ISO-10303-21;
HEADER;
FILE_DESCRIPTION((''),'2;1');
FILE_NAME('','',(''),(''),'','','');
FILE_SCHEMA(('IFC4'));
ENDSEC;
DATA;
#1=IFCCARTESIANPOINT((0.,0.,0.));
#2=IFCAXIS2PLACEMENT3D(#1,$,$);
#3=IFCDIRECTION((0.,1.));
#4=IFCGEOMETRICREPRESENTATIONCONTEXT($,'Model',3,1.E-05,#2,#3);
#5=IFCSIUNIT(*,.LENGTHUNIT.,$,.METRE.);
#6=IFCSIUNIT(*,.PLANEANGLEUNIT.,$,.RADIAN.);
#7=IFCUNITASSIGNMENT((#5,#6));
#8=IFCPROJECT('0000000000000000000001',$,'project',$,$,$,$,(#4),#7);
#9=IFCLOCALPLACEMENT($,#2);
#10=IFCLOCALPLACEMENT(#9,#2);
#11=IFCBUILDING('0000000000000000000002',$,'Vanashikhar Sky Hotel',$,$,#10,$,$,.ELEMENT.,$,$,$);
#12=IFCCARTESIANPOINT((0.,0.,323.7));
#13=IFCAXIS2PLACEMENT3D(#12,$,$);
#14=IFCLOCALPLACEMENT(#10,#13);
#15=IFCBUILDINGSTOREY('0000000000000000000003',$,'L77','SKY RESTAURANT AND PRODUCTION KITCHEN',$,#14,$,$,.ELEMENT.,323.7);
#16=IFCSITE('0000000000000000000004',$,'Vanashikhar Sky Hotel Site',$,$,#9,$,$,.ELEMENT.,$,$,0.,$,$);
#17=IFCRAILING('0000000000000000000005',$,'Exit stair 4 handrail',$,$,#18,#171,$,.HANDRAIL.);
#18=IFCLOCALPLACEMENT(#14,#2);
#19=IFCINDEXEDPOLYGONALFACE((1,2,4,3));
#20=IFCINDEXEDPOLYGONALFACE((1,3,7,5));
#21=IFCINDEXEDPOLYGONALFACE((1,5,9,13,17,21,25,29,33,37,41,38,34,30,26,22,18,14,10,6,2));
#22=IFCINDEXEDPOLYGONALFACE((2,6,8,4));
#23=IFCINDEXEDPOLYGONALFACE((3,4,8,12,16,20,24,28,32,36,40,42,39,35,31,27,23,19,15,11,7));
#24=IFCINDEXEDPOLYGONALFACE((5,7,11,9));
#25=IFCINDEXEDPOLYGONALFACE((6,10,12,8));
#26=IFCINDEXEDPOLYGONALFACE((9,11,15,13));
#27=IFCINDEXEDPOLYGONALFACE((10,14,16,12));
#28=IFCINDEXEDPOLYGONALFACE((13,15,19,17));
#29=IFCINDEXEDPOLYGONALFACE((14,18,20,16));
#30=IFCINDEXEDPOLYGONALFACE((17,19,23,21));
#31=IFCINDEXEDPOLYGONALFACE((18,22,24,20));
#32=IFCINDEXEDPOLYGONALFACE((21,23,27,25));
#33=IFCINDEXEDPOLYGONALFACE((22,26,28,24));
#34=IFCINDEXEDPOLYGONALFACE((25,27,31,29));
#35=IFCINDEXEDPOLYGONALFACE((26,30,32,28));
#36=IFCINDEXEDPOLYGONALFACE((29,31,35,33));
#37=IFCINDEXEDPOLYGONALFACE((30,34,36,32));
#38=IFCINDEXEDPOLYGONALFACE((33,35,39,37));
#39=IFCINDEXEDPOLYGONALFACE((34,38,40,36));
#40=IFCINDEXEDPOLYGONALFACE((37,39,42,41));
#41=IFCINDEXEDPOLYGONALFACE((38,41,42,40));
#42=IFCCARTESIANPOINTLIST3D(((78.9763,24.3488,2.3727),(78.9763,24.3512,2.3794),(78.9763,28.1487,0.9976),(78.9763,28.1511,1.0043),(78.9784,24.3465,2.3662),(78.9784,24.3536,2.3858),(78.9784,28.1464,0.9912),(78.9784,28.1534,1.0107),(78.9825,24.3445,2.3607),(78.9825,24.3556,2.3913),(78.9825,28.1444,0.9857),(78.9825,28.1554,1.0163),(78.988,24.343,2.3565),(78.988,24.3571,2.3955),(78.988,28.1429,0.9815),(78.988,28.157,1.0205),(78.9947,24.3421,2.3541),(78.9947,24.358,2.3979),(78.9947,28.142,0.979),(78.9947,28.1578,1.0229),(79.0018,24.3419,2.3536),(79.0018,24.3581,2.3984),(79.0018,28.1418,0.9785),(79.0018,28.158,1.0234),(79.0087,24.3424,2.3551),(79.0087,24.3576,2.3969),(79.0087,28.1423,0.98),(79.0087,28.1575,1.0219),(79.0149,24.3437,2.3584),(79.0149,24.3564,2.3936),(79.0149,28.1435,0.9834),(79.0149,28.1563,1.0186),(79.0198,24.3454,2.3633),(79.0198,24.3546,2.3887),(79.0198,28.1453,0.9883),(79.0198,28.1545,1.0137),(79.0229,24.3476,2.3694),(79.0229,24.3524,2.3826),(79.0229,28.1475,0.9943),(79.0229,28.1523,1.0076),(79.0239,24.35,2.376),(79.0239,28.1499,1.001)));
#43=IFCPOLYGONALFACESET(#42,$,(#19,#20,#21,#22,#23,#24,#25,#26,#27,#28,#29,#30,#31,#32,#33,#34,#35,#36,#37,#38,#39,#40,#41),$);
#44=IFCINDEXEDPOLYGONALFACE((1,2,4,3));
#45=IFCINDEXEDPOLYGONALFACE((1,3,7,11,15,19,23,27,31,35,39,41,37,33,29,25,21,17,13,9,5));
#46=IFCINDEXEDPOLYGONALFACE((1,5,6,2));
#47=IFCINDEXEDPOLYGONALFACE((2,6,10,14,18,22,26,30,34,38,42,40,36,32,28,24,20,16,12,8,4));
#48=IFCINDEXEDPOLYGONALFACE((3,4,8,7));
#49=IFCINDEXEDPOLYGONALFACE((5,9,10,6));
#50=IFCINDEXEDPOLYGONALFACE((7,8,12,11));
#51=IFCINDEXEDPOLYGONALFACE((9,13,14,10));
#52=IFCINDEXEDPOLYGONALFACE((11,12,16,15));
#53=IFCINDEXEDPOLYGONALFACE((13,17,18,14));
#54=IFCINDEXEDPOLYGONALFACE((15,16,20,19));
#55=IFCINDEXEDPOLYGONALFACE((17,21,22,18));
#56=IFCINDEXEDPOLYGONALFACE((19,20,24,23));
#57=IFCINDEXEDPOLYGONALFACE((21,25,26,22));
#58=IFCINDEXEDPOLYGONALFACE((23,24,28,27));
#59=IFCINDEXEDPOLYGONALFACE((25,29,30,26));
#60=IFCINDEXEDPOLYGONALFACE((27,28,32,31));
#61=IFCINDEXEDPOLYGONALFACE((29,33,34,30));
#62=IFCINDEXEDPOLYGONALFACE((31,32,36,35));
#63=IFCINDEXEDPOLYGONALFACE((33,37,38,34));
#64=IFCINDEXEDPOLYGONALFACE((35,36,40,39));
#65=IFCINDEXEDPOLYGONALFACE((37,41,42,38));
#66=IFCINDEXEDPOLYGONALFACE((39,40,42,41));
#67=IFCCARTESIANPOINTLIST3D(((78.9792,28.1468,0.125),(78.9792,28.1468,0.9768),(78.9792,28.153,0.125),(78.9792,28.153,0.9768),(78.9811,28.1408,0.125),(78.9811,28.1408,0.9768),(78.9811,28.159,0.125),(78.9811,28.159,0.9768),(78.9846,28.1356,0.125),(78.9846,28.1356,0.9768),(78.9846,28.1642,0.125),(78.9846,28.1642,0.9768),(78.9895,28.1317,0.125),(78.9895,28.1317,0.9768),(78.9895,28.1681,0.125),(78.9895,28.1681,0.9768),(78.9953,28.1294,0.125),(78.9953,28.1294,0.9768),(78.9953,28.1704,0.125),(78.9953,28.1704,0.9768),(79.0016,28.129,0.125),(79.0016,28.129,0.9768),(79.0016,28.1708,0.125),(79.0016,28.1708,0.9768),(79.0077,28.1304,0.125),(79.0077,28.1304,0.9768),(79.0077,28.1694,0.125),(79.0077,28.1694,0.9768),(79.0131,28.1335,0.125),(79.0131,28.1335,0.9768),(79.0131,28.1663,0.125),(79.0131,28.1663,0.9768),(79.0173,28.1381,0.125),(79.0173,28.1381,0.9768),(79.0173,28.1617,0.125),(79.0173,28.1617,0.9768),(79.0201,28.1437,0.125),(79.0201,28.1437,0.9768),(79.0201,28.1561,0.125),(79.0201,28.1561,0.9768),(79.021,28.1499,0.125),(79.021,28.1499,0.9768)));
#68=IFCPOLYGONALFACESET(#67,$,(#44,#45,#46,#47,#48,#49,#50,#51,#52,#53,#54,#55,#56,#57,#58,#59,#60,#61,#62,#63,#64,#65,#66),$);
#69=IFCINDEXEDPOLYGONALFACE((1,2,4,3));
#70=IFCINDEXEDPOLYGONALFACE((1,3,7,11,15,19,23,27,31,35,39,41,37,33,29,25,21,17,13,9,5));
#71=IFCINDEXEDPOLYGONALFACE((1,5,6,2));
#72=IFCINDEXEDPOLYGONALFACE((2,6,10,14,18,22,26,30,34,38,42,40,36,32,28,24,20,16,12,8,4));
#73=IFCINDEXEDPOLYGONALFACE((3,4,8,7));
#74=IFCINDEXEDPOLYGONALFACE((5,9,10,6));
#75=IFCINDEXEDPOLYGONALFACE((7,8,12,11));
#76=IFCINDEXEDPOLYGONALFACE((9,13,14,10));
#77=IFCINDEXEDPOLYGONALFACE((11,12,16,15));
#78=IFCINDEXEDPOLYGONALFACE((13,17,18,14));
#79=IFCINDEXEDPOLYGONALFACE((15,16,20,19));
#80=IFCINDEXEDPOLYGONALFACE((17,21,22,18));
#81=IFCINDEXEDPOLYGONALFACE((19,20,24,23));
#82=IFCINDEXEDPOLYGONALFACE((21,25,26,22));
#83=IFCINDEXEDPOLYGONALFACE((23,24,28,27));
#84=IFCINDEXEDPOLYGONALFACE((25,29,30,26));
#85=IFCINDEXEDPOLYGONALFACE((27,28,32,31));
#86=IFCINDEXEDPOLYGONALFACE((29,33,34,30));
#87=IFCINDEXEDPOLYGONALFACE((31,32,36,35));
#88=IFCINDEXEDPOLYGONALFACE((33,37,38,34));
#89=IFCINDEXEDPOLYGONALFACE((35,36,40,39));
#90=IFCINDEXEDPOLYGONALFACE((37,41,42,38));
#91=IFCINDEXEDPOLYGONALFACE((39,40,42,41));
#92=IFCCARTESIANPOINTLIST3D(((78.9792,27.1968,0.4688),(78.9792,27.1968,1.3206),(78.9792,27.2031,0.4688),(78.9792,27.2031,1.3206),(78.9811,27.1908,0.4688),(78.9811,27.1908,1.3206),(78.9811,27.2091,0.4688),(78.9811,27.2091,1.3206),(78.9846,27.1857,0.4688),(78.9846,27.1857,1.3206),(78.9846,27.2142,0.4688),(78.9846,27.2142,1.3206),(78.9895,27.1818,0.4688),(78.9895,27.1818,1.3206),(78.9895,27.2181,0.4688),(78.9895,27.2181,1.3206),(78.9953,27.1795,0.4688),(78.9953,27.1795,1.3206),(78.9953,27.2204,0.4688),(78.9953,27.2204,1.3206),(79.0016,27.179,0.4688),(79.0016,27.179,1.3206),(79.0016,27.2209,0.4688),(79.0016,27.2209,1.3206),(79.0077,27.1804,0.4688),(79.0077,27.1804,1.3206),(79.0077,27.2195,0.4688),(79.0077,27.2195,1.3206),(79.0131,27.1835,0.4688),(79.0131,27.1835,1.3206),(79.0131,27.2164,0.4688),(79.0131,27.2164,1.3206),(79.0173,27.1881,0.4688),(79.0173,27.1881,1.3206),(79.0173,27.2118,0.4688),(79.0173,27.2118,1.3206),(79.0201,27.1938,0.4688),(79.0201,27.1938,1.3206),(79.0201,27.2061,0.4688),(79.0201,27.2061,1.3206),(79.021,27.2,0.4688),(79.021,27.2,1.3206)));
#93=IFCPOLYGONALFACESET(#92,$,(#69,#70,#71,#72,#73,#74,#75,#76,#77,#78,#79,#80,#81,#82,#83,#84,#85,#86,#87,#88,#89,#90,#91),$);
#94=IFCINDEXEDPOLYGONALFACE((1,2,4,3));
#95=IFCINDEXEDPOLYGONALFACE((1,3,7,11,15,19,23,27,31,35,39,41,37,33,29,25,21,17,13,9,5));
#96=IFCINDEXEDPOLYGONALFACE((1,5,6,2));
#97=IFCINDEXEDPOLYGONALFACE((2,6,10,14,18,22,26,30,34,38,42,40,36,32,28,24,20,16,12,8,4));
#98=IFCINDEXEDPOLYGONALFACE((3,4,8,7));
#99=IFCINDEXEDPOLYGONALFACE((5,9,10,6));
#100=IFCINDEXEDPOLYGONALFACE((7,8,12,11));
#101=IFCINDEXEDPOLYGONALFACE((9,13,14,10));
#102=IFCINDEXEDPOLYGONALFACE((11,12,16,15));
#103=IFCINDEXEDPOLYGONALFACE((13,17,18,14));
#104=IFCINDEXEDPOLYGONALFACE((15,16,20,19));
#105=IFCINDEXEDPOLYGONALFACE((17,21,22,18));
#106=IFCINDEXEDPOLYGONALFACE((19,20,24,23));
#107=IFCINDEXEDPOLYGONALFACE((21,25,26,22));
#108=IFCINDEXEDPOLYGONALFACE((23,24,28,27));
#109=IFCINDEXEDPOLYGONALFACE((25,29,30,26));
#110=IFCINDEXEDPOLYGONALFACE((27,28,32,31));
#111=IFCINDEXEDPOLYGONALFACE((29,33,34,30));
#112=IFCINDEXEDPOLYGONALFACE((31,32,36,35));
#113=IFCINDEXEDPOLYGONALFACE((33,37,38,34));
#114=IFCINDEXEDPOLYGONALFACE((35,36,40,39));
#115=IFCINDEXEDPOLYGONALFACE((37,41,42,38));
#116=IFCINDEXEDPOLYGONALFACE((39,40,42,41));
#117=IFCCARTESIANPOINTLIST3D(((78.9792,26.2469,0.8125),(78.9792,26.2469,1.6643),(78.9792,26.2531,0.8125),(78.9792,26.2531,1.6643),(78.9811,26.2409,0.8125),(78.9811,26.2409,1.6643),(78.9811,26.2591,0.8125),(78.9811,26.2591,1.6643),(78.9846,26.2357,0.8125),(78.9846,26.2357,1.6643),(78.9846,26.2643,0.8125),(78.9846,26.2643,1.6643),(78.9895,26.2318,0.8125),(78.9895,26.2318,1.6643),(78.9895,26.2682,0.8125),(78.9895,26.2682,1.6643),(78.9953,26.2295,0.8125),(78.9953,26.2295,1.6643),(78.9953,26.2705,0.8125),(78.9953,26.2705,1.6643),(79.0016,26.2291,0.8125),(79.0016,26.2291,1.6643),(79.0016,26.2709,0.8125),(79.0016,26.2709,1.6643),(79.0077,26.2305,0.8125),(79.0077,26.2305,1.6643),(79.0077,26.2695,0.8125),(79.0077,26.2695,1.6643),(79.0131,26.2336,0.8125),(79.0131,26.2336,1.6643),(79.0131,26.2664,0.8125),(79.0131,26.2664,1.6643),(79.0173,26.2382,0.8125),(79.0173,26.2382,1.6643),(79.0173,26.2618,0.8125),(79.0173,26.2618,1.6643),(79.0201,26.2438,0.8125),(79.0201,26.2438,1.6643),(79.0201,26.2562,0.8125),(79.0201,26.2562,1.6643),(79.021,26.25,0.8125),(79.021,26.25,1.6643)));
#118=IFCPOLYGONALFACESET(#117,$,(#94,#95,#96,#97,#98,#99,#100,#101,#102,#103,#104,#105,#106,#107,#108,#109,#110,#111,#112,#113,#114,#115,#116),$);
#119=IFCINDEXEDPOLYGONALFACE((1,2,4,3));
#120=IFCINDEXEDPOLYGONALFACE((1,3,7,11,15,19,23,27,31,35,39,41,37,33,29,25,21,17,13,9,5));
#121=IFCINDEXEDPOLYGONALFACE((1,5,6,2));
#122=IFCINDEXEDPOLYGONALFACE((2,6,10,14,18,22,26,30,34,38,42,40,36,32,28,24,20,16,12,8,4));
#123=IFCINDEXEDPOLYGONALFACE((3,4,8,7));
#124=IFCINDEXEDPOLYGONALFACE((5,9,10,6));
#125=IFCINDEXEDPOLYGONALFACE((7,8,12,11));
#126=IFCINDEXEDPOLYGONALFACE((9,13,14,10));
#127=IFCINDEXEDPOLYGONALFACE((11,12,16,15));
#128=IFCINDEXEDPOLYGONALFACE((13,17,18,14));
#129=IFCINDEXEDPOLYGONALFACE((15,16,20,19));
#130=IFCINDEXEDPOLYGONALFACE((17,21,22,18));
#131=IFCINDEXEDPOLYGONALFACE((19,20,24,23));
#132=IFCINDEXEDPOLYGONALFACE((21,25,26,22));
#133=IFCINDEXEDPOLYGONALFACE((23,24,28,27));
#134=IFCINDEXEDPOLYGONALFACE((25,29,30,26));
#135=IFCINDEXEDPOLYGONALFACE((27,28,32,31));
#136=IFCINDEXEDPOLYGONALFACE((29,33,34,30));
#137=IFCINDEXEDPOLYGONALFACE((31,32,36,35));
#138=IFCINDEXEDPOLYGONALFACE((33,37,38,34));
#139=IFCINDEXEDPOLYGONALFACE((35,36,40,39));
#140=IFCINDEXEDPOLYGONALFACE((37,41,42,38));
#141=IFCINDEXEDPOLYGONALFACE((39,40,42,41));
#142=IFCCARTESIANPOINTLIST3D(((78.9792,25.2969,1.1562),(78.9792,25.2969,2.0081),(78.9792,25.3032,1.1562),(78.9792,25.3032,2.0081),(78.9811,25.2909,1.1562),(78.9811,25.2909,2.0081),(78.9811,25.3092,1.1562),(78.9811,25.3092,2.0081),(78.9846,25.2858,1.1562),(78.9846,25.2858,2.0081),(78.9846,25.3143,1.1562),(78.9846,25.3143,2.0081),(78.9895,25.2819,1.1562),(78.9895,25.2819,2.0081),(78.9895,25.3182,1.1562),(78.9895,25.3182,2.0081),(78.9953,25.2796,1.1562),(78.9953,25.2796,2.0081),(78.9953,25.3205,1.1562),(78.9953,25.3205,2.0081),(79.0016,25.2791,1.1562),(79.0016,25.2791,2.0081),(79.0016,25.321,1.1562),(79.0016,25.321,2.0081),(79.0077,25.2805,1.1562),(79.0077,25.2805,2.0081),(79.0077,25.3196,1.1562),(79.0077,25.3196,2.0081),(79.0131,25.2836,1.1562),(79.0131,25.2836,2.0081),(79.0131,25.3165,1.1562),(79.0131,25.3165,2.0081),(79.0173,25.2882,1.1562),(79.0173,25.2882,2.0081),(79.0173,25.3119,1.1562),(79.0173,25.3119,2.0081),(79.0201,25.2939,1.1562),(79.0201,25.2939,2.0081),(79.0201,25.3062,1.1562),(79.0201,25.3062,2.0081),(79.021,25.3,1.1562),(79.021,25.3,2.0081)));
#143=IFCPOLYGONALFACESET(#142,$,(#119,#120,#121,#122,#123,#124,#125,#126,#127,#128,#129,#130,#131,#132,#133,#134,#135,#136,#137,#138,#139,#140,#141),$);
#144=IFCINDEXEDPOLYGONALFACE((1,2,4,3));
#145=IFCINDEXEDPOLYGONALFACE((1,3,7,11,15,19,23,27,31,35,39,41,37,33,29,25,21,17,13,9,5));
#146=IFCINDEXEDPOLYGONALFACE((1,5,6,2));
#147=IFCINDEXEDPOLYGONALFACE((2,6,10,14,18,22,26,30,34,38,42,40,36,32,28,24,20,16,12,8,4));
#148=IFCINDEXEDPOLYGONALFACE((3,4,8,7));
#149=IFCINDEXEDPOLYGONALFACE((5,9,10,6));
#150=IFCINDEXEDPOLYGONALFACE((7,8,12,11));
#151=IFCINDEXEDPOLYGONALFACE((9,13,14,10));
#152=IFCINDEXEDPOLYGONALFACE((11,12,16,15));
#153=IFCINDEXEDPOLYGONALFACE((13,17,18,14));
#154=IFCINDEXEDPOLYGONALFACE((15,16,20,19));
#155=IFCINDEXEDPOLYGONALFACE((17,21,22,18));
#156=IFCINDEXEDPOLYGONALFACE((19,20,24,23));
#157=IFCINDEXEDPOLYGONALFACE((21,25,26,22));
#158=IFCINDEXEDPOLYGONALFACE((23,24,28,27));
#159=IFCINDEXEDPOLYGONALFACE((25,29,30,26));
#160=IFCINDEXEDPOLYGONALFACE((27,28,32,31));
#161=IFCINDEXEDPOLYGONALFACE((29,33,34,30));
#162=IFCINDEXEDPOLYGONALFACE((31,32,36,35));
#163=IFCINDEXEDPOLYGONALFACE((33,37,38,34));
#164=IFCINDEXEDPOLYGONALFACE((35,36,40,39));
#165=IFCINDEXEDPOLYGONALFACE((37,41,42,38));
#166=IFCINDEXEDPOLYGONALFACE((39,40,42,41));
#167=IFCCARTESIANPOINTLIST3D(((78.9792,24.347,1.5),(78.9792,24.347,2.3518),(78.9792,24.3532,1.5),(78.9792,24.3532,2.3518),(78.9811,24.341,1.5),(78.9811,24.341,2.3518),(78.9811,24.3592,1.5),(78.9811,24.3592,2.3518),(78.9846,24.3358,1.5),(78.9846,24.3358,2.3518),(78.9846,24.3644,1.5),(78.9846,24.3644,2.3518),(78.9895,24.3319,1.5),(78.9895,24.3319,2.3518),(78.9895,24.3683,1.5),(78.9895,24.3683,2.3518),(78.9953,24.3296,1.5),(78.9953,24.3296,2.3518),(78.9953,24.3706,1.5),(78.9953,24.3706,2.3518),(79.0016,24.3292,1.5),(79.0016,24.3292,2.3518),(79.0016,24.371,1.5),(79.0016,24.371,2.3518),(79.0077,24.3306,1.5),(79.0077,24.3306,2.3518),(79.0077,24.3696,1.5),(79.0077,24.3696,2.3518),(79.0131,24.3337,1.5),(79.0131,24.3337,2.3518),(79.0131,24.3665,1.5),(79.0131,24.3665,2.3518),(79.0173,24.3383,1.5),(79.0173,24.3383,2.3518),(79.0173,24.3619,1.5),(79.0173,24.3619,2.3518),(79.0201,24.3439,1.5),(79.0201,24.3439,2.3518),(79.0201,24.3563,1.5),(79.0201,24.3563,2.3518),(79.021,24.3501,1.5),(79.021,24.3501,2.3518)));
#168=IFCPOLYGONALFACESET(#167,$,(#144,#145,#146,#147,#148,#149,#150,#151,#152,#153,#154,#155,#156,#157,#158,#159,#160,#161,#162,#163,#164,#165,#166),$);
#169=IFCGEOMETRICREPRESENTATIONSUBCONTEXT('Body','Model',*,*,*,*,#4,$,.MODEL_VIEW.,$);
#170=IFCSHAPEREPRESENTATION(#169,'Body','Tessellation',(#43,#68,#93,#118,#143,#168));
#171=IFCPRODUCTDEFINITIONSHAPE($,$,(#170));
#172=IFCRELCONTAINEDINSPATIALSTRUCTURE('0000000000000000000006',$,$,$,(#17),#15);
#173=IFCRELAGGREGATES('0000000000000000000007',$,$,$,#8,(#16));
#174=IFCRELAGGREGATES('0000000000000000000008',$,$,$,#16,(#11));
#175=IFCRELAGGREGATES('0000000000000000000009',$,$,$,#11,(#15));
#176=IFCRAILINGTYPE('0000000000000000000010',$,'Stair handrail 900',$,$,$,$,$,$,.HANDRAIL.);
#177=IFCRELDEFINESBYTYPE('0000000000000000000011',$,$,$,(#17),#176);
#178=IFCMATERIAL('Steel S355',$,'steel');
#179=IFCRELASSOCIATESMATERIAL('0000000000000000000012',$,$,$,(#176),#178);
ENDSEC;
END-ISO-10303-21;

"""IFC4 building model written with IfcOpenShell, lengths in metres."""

from ifc_helpers import new_model, si_unit, direction, frame, origin, origin_2d, place, context, subcontext, project, spatial, circle, extrude, source, transform, mapped, material, type_object, element, save


model = new_model("IFC4")

# Units and contexts
model_context = context("Model", 3, precision=1e-05, world=origin(), true_north=direction((0.0, 1.0)))
body_context = subcontext(model_context, "Body", "Model", "MODEL_VIEW")
ifc_project = project(units=[si_unit("LENGTHUNIT", "METRE"), si_unit("PLANEANGLEUNIT", "RADIAN")], contexts=[model_context])

# Site, building, storey
site_placement = place(None, origin())
site = spatial("IfcSite", under=ifc_project, at=site_placement, Name="Vanashikhar Sky Hotel Site", CompositionType="ELEMENT", RefElevation=0.0)
building_placement = place(site_placement, origin())
building = spatial("IfcBuilding", under=site, at=building_placement, Name="Vanashikhar Sky Hotel", CompositionType="ELEMENT")
storey_placement = place(building_placement, frame((0.0, 0.0, 323.7)))
storey = spatial("IfcBuildingStorey", under=building, at=storey_placement, Name="L77", Description="SKY RESTAURANT AND PRODUCTION KITCHEN", CompositionType="ELEMENT", Elevation=323.7)

# Railing
ifc_material_1 = material(Name="Steel S355", Category="steel")
railing_type_1 = type_object("IfcRailingType", Name="Stair handrail 900", PredefinedType="HANDRAIL", material=ifc_material_1)
shared_shape_1 = source(origin(), body_context, "Body", "SweptSolid", [
    extrude(circle(Radius=0.0239, at=origin_2d()), frame((0.0, 0.0, 0.876), z_axis=(0.0, -0.940329, 0.340268), x_axis=(1.0, 0.0, 0.0)), (0.0, 0.0, 1.0), 4.041),
    extrude(circle(Radius=0.021, at=origin_2d()), origin(), (0.0, 0.0, 1.0), 0.8518),
    extrude(circle(Radius=0.021, at=origin_2d()), frame((0.0, -0.95, 0.3438)), (0.0, 0.0, 1.0), 0.8518),
    extrude(circle(Radius=0.021, at=origin_2d()), frame((0.0, -1.8999, 0.6875)), (0.0, 0.0, 1.0), 0.8518),
    extrude(circle(Radius=0.021, at=origin_2d()), frame((0.0, -2.8499, 1.0312)), (0.0, 0.0, 1.0), 0.8518),
    extrude(circle(Radius=0.021, at=origin_2d()), frame((0.0, -3.7998, 1.375)), (0.0, 0.0, 1.0), 0.8518),
])
for number, where, name in (
    (1, (79.0, 28.1499, 0.125), "Exit stair 4 handrail"),
):
    element("IfcRailing", number, at=place(storey_placement, frame(where)), inside=storey, type_object=railing_type_1, Name=name, PredefinedType="HANDRAIL", context=body_context, shape_type="MappedRepresentation", body=[
        mapped(shared_shape_1, transform((0.0, 0.0, 0.0), scale=1.0)),
    ])

save(model, "model.ifc")
